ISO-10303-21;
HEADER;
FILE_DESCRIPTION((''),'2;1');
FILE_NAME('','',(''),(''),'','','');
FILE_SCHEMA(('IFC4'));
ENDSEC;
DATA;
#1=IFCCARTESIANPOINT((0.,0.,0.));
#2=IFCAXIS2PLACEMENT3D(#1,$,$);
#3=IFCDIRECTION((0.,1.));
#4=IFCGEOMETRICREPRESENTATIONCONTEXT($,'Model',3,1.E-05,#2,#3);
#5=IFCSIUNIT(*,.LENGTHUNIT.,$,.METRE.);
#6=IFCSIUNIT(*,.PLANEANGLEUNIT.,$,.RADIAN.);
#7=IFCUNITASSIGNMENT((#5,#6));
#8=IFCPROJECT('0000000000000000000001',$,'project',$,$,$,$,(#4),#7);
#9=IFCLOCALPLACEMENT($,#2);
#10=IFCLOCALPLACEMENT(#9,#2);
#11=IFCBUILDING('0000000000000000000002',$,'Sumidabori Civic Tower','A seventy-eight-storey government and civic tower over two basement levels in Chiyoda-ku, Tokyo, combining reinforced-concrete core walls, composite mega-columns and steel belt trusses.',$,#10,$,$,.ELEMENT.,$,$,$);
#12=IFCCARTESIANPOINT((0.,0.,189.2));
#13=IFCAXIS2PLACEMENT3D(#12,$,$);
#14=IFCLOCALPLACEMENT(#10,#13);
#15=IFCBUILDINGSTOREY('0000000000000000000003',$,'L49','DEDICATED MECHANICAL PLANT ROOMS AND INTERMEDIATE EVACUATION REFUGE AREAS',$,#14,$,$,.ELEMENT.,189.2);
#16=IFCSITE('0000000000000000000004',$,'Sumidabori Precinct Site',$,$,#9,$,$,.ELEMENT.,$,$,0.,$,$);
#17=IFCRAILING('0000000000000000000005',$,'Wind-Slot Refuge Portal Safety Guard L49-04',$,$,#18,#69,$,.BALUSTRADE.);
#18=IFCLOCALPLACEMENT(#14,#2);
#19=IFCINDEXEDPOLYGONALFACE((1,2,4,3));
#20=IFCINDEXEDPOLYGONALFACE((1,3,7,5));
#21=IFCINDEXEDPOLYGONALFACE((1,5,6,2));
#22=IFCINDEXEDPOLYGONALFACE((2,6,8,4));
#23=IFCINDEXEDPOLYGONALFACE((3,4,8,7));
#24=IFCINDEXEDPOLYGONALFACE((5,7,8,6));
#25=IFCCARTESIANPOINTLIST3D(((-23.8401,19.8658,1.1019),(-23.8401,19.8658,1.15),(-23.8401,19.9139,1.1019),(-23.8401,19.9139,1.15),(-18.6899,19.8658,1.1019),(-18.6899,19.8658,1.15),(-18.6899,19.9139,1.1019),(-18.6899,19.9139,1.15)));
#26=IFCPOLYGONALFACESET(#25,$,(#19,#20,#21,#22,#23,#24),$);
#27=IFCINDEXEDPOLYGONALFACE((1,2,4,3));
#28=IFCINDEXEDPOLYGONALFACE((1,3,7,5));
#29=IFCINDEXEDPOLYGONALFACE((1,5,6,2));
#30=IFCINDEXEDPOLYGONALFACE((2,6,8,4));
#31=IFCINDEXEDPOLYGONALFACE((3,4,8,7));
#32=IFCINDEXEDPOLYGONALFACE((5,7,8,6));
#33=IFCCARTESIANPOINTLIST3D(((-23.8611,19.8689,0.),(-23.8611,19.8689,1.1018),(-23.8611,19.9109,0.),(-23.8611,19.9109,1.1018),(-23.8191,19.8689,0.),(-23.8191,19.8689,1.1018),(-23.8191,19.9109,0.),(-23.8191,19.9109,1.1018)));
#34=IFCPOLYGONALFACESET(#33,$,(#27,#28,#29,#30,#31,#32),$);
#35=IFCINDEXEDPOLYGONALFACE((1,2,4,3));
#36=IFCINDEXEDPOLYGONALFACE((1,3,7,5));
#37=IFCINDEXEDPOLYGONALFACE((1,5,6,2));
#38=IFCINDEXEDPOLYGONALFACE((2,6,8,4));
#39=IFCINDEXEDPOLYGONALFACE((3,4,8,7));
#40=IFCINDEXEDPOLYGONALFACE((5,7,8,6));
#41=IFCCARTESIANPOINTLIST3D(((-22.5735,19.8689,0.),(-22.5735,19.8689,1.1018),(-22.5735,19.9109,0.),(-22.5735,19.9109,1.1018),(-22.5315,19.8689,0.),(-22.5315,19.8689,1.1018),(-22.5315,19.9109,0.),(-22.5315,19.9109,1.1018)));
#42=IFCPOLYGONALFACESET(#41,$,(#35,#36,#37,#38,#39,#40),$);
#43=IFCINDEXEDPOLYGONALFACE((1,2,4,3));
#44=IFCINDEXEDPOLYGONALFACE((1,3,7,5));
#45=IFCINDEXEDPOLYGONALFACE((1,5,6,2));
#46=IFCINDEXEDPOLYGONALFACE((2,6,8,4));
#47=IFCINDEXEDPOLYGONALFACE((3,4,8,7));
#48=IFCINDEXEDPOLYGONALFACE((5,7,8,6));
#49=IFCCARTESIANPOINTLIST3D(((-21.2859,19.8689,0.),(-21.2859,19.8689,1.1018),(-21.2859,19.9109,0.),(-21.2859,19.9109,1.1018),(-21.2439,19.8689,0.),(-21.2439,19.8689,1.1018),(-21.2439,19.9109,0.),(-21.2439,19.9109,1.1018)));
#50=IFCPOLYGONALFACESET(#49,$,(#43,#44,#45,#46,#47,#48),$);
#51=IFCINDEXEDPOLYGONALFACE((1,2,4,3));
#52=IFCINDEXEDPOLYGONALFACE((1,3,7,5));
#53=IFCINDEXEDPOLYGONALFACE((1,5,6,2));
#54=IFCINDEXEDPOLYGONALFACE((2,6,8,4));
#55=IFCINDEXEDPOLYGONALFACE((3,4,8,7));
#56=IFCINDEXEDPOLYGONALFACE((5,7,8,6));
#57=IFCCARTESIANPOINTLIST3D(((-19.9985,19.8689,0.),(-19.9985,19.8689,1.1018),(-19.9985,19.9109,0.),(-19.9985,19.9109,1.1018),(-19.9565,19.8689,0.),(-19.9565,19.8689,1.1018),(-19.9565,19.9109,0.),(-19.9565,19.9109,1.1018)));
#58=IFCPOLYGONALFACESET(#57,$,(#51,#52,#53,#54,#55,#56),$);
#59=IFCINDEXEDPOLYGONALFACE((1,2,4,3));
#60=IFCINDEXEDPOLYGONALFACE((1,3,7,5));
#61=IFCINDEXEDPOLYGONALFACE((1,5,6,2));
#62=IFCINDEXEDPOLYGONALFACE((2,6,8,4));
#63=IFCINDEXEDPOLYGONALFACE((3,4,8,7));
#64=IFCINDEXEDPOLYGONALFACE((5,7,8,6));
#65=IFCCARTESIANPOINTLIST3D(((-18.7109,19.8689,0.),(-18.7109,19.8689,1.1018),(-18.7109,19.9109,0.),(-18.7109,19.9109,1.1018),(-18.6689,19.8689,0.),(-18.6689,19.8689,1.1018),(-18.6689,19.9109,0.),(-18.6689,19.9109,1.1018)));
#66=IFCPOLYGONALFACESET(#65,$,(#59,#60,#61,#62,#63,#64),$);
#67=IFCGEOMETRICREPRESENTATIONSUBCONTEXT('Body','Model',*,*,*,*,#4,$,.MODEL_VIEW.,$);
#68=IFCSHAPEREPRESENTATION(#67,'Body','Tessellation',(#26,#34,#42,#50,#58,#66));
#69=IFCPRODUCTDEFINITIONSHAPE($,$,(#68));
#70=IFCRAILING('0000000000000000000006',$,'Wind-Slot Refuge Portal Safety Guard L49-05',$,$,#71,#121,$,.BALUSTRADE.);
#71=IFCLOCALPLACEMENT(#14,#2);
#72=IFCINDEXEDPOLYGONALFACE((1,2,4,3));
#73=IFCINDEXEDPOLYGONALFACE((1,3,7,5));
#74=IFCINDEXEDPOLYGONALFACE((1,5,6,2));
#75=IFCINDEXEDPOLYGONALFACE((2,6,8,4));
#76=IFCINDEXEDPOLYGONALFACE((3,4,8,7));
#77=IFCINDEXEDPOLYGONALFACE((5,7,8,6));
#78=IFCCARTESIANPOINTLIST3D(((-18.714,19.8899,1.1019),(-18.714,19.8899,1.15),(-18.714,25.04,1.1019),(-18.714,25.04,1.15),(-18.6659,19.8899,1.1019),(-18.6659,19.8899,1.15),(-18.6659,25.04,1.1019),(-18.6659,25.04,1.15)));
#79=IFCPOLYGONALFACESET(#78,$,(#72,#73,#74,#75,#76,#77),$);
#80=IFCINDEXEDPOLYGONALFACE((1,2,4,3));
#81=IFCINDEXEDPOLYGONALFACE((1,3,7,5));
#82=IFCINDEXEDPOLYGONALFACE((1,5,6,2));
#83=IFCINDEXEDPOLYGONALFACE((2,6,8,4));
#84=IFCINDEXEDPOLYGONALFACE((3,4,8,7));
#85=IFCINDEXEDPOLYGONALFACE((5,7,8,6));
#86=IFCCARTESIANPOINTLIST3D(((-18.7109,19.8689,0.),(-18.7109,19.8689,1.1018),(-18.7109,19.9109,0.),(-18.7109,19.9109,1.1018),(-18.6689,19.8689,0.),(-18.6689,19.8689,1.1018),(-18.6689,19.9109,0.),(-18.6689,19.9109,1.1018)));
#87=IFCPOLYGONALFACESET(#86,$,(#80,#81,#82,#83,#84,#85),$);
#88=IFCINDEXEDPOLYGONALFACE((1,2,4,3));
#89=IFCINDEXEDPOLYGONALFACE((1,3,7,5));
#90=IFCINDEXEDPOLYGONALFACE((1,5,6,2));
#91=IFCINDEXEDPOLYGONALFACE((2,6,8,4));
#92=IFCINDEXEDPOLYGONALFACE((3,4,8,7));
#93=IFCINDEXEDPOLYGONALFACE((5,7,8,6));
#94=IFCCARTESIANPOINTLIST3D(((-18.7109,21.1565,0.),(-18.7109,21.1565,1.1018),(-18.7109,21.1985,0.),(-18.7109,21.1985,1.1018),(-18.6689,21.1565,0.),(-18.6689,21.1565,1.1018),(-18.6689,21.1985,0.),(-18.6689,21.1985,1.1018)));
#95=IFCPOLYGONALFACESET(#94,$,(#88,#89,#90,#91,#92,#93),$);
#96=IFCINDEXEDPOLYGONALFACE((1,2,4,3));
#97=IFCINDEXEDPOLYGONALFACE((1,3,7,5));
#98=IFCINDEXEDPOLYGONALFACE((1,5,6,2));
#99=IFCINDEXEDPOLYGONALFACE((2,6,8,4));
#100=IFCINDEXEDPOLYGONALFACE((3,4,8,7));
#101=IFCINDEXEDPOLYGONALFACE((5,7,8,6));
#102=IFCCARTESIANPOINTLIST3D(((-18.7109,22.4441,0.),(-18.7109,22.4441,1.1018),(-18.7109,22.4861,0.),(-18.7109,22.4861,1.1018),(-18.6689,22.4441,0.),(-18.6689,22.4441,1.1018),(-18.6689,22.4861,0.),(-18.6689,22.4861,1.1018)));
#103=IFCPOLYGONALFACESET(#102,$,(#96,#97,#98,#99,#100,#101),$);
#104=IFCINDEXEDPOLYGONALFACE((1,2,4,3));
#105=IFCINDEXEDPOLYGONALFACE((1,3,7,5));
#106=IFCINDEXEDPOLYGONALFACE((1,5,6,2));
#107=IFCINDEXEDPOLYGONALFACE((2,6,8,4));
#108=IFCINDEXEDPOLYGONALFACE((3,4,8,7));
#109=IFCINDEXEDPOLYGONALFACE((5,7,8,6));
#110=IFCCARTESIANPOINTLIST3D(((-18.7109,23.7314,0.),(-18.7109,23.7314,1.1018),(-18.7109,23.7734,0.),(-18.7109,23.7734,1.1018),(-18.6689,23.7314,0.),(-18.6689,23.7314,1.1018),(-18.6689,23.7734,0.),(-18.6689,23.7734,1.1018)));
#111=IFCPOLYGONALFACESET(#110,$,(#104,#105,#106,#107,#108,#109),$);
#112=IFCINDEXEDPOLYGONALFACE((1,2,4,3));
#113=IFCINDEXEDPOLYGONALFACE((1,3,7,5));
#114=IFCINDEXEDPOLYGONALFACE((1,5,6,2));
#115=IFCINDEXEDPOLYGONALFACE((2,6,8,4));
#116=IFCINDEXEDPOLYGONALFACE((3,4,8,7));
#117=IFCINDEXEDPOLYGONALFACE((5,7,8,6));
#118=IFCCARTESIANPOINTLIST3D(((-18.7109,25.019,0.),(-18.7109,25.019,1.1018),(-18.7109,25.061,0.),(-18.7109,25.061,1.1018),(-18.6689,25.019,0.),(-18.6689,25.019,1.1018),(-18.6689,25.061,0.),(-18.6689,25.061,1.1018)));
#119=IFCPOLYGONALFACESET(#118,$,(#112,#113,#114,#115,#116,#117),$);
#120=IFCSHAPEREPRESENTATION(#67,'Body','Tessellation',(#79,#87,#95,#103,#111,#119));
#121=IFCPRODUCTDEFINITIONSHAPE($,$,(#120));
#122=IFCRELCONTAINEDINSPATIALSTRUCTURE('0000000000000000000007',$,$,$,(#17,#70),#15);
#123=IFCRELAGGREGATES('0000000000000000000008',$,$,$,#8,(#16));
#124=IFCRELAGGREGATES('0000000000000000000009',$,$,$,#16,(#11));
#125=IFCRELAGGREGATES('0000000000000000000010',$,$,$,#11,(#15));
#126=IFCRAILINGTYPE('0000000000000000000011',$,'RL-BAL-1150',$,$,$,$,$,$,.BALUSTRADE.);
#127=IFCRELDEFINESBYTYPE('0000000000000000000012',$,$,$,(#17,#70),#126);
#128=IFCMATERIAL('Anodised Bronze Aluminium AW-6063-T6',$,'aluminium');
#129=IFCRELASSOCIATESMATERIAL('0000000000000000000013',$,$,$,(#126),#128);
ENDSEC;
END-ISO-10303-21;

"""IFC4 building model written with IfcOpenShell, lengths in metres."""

from ifc_helpers import new_model, si_unit, direction, frame, origin, origin_2d, place, context, subcontext, project, spatial, rectangle, extrude, material, type_object, element, save


model = new_model("IFC4")

# Units and contexts
model_context = context("Model", 3, precision=1e-05, world=origin(), true_north=direction((0.0, 1.0)))
body_context = subcontext(model_context, "Body", "Model", "MODEL_VIEW")
ifc_project = project(units=[si_unit("LENGTHUNIT", "METRE"), si_unit("PLANEANGLEUNIT", "RADIAN")], contexts=[model_context])

# Site, building, storey
site_placement = place(None, origin())
site = spatial("IfcSite", under=ifc_project, at=site_placement, Name="Sumidabori Precinct Site", CompositionType="ELEMENT", RefElevation=0.0)
building_placement = place(site_placement, origin())
building = spatial("IfcBuilding", under=site, at=building_placement, Name="Sumidabori Civic Tower", Description="A seventy-eight-storey government and civic tower over two basement levels in Chiyoda-ku, Tokyo, combining reinforced-concrete core walls, composite mega-columns and steel belt trusses.", CompositionType="ELEMENT")
storey_placement = place(building_placement, frame((0.0, 0.0, 189.2)))
storey = spatial("IfcBuildingStorey", under=building, at=storey_placement, Name="L49", Description="DEDICATED MECHANICAL PLANT ROOMS AND INTERMEDIATE EVACUATION REFUGE AREAS", CompositionType="ELEMENT", Elevation=189.2)

# Railings
ifc_material_1 = material(Name="Anodised Bronze Aluminium AW-6063-T6", Category="aluminium")
railing_type = type_object("IfcRailingType", Name="RL-BAL-1150", PredefinedType="BALUSTRADE", material=ifc_material_1)
railing_1_placement = place(storey_placement, frame((-23.8401, 19.8899, 0.0)))
element("IfcRailing", 1, at=railing_1_placement, inside=storey, type_object=railing_type, Name="Wind-Slot Refuge Portal Safety Guard L49-04", PredefinedType="BALUSTRADE", context=body_context, shape_type="SweptSolid", body=[
    extrude(rectangle(XDim=0.0481, YDim=0.0481, at=origin_2d()), frame((0.0, 0.0, 1.126), z_axis=(1.0, 0.0, 0.0), x_axis=(0.0, 1.0, 0.0)), (0.0, 0.0, 1.0), 5.1501),
    extrude(rectangle(XDim=0.042, YDim=0.042, at=origin_2d()), origin(), (0.0, 0.0, 1.0), 1.1018),
    extrude(rectangle(XDim=0.042, YDim=0.042, at=origin_2d()), frame((1.2876, 0.0, 0.0)), (0.0, 0.0, 1.0), 1.1018),
    extrude(rectangle(XDim=0.042, YDim=0.042, at=origin_2d()), frame((2.5752, 0.0, 0.0)), (0.0, 0.0, 1.0), 1.1018),
    extrude(rectangle(XDim=0.042, YDim=0.042, at=origin_2d()), frame((3.8625, 0.0, 0.0)), (0.0, 0.0, 1.0), 1.1018),
    extrude(rectangle(XDim=0.042, YDim=0.042, at=origin_2d()), frame((5.1501, 0.0, 0.0)), (0.0, 0.0, 1.0), 1.1018),
])
railing_2_placement = place(storey_placement, frame((-18.6899, 19.8899, 0.0)))
element("IfcRailing", 2, at=railing_2_placement, inside=storey, type_object=railing_type, Name="Wind-Slot Refuge Portal Safety Guard L49-05", PredefinedType="BALUSTRADE", context=body_context, shape_type="SweptSolid", body=[
    extrude(rectangle(XDim=0.0481, YDim=0.0481, at=origin_2d()), frame((0.0, 0.0, 1.126), z_axis=(0.0, 1.0, 0.0), x_axis=(-1.0, 0.0, 0.0)), (0.0, 0.0, 1.0), 5.1501),
    extrude(rectangle(XDim=0.042, YDim=0.042, at=origin_2d()), origin(), (0.0, 0.0, 1.0), 1.1018),
    extrude(rectangle(XDim=0.042, YDim=0.042, at=origin_2d()), frame((0.0, 1.2876, 0.0)), (0.0, 0.0, 1.0), 1.1018),
    extrude(rectangle(XDim=0.042, YDim=0.042, at=origin_2d()), frame((0.0, 2.5752, 0.0)), (0.0, 0.0, 1.0), 1.1018),
    extrude(rectangle(XDim=0.042, YDim=0.042, at=origin_2d()), frame((0.0, 3.8625, 0.0)), (0.0, 0.0, 1.0), 1.1018),
    extrude(rectangle(XDim=0.042, YDim=0.042, at=origin_2d()), frame((0.0, 5.1501, 0.0)), (0.0, 0.0, 1.0), 1.1018),
])

save(model, "model.ifc")
